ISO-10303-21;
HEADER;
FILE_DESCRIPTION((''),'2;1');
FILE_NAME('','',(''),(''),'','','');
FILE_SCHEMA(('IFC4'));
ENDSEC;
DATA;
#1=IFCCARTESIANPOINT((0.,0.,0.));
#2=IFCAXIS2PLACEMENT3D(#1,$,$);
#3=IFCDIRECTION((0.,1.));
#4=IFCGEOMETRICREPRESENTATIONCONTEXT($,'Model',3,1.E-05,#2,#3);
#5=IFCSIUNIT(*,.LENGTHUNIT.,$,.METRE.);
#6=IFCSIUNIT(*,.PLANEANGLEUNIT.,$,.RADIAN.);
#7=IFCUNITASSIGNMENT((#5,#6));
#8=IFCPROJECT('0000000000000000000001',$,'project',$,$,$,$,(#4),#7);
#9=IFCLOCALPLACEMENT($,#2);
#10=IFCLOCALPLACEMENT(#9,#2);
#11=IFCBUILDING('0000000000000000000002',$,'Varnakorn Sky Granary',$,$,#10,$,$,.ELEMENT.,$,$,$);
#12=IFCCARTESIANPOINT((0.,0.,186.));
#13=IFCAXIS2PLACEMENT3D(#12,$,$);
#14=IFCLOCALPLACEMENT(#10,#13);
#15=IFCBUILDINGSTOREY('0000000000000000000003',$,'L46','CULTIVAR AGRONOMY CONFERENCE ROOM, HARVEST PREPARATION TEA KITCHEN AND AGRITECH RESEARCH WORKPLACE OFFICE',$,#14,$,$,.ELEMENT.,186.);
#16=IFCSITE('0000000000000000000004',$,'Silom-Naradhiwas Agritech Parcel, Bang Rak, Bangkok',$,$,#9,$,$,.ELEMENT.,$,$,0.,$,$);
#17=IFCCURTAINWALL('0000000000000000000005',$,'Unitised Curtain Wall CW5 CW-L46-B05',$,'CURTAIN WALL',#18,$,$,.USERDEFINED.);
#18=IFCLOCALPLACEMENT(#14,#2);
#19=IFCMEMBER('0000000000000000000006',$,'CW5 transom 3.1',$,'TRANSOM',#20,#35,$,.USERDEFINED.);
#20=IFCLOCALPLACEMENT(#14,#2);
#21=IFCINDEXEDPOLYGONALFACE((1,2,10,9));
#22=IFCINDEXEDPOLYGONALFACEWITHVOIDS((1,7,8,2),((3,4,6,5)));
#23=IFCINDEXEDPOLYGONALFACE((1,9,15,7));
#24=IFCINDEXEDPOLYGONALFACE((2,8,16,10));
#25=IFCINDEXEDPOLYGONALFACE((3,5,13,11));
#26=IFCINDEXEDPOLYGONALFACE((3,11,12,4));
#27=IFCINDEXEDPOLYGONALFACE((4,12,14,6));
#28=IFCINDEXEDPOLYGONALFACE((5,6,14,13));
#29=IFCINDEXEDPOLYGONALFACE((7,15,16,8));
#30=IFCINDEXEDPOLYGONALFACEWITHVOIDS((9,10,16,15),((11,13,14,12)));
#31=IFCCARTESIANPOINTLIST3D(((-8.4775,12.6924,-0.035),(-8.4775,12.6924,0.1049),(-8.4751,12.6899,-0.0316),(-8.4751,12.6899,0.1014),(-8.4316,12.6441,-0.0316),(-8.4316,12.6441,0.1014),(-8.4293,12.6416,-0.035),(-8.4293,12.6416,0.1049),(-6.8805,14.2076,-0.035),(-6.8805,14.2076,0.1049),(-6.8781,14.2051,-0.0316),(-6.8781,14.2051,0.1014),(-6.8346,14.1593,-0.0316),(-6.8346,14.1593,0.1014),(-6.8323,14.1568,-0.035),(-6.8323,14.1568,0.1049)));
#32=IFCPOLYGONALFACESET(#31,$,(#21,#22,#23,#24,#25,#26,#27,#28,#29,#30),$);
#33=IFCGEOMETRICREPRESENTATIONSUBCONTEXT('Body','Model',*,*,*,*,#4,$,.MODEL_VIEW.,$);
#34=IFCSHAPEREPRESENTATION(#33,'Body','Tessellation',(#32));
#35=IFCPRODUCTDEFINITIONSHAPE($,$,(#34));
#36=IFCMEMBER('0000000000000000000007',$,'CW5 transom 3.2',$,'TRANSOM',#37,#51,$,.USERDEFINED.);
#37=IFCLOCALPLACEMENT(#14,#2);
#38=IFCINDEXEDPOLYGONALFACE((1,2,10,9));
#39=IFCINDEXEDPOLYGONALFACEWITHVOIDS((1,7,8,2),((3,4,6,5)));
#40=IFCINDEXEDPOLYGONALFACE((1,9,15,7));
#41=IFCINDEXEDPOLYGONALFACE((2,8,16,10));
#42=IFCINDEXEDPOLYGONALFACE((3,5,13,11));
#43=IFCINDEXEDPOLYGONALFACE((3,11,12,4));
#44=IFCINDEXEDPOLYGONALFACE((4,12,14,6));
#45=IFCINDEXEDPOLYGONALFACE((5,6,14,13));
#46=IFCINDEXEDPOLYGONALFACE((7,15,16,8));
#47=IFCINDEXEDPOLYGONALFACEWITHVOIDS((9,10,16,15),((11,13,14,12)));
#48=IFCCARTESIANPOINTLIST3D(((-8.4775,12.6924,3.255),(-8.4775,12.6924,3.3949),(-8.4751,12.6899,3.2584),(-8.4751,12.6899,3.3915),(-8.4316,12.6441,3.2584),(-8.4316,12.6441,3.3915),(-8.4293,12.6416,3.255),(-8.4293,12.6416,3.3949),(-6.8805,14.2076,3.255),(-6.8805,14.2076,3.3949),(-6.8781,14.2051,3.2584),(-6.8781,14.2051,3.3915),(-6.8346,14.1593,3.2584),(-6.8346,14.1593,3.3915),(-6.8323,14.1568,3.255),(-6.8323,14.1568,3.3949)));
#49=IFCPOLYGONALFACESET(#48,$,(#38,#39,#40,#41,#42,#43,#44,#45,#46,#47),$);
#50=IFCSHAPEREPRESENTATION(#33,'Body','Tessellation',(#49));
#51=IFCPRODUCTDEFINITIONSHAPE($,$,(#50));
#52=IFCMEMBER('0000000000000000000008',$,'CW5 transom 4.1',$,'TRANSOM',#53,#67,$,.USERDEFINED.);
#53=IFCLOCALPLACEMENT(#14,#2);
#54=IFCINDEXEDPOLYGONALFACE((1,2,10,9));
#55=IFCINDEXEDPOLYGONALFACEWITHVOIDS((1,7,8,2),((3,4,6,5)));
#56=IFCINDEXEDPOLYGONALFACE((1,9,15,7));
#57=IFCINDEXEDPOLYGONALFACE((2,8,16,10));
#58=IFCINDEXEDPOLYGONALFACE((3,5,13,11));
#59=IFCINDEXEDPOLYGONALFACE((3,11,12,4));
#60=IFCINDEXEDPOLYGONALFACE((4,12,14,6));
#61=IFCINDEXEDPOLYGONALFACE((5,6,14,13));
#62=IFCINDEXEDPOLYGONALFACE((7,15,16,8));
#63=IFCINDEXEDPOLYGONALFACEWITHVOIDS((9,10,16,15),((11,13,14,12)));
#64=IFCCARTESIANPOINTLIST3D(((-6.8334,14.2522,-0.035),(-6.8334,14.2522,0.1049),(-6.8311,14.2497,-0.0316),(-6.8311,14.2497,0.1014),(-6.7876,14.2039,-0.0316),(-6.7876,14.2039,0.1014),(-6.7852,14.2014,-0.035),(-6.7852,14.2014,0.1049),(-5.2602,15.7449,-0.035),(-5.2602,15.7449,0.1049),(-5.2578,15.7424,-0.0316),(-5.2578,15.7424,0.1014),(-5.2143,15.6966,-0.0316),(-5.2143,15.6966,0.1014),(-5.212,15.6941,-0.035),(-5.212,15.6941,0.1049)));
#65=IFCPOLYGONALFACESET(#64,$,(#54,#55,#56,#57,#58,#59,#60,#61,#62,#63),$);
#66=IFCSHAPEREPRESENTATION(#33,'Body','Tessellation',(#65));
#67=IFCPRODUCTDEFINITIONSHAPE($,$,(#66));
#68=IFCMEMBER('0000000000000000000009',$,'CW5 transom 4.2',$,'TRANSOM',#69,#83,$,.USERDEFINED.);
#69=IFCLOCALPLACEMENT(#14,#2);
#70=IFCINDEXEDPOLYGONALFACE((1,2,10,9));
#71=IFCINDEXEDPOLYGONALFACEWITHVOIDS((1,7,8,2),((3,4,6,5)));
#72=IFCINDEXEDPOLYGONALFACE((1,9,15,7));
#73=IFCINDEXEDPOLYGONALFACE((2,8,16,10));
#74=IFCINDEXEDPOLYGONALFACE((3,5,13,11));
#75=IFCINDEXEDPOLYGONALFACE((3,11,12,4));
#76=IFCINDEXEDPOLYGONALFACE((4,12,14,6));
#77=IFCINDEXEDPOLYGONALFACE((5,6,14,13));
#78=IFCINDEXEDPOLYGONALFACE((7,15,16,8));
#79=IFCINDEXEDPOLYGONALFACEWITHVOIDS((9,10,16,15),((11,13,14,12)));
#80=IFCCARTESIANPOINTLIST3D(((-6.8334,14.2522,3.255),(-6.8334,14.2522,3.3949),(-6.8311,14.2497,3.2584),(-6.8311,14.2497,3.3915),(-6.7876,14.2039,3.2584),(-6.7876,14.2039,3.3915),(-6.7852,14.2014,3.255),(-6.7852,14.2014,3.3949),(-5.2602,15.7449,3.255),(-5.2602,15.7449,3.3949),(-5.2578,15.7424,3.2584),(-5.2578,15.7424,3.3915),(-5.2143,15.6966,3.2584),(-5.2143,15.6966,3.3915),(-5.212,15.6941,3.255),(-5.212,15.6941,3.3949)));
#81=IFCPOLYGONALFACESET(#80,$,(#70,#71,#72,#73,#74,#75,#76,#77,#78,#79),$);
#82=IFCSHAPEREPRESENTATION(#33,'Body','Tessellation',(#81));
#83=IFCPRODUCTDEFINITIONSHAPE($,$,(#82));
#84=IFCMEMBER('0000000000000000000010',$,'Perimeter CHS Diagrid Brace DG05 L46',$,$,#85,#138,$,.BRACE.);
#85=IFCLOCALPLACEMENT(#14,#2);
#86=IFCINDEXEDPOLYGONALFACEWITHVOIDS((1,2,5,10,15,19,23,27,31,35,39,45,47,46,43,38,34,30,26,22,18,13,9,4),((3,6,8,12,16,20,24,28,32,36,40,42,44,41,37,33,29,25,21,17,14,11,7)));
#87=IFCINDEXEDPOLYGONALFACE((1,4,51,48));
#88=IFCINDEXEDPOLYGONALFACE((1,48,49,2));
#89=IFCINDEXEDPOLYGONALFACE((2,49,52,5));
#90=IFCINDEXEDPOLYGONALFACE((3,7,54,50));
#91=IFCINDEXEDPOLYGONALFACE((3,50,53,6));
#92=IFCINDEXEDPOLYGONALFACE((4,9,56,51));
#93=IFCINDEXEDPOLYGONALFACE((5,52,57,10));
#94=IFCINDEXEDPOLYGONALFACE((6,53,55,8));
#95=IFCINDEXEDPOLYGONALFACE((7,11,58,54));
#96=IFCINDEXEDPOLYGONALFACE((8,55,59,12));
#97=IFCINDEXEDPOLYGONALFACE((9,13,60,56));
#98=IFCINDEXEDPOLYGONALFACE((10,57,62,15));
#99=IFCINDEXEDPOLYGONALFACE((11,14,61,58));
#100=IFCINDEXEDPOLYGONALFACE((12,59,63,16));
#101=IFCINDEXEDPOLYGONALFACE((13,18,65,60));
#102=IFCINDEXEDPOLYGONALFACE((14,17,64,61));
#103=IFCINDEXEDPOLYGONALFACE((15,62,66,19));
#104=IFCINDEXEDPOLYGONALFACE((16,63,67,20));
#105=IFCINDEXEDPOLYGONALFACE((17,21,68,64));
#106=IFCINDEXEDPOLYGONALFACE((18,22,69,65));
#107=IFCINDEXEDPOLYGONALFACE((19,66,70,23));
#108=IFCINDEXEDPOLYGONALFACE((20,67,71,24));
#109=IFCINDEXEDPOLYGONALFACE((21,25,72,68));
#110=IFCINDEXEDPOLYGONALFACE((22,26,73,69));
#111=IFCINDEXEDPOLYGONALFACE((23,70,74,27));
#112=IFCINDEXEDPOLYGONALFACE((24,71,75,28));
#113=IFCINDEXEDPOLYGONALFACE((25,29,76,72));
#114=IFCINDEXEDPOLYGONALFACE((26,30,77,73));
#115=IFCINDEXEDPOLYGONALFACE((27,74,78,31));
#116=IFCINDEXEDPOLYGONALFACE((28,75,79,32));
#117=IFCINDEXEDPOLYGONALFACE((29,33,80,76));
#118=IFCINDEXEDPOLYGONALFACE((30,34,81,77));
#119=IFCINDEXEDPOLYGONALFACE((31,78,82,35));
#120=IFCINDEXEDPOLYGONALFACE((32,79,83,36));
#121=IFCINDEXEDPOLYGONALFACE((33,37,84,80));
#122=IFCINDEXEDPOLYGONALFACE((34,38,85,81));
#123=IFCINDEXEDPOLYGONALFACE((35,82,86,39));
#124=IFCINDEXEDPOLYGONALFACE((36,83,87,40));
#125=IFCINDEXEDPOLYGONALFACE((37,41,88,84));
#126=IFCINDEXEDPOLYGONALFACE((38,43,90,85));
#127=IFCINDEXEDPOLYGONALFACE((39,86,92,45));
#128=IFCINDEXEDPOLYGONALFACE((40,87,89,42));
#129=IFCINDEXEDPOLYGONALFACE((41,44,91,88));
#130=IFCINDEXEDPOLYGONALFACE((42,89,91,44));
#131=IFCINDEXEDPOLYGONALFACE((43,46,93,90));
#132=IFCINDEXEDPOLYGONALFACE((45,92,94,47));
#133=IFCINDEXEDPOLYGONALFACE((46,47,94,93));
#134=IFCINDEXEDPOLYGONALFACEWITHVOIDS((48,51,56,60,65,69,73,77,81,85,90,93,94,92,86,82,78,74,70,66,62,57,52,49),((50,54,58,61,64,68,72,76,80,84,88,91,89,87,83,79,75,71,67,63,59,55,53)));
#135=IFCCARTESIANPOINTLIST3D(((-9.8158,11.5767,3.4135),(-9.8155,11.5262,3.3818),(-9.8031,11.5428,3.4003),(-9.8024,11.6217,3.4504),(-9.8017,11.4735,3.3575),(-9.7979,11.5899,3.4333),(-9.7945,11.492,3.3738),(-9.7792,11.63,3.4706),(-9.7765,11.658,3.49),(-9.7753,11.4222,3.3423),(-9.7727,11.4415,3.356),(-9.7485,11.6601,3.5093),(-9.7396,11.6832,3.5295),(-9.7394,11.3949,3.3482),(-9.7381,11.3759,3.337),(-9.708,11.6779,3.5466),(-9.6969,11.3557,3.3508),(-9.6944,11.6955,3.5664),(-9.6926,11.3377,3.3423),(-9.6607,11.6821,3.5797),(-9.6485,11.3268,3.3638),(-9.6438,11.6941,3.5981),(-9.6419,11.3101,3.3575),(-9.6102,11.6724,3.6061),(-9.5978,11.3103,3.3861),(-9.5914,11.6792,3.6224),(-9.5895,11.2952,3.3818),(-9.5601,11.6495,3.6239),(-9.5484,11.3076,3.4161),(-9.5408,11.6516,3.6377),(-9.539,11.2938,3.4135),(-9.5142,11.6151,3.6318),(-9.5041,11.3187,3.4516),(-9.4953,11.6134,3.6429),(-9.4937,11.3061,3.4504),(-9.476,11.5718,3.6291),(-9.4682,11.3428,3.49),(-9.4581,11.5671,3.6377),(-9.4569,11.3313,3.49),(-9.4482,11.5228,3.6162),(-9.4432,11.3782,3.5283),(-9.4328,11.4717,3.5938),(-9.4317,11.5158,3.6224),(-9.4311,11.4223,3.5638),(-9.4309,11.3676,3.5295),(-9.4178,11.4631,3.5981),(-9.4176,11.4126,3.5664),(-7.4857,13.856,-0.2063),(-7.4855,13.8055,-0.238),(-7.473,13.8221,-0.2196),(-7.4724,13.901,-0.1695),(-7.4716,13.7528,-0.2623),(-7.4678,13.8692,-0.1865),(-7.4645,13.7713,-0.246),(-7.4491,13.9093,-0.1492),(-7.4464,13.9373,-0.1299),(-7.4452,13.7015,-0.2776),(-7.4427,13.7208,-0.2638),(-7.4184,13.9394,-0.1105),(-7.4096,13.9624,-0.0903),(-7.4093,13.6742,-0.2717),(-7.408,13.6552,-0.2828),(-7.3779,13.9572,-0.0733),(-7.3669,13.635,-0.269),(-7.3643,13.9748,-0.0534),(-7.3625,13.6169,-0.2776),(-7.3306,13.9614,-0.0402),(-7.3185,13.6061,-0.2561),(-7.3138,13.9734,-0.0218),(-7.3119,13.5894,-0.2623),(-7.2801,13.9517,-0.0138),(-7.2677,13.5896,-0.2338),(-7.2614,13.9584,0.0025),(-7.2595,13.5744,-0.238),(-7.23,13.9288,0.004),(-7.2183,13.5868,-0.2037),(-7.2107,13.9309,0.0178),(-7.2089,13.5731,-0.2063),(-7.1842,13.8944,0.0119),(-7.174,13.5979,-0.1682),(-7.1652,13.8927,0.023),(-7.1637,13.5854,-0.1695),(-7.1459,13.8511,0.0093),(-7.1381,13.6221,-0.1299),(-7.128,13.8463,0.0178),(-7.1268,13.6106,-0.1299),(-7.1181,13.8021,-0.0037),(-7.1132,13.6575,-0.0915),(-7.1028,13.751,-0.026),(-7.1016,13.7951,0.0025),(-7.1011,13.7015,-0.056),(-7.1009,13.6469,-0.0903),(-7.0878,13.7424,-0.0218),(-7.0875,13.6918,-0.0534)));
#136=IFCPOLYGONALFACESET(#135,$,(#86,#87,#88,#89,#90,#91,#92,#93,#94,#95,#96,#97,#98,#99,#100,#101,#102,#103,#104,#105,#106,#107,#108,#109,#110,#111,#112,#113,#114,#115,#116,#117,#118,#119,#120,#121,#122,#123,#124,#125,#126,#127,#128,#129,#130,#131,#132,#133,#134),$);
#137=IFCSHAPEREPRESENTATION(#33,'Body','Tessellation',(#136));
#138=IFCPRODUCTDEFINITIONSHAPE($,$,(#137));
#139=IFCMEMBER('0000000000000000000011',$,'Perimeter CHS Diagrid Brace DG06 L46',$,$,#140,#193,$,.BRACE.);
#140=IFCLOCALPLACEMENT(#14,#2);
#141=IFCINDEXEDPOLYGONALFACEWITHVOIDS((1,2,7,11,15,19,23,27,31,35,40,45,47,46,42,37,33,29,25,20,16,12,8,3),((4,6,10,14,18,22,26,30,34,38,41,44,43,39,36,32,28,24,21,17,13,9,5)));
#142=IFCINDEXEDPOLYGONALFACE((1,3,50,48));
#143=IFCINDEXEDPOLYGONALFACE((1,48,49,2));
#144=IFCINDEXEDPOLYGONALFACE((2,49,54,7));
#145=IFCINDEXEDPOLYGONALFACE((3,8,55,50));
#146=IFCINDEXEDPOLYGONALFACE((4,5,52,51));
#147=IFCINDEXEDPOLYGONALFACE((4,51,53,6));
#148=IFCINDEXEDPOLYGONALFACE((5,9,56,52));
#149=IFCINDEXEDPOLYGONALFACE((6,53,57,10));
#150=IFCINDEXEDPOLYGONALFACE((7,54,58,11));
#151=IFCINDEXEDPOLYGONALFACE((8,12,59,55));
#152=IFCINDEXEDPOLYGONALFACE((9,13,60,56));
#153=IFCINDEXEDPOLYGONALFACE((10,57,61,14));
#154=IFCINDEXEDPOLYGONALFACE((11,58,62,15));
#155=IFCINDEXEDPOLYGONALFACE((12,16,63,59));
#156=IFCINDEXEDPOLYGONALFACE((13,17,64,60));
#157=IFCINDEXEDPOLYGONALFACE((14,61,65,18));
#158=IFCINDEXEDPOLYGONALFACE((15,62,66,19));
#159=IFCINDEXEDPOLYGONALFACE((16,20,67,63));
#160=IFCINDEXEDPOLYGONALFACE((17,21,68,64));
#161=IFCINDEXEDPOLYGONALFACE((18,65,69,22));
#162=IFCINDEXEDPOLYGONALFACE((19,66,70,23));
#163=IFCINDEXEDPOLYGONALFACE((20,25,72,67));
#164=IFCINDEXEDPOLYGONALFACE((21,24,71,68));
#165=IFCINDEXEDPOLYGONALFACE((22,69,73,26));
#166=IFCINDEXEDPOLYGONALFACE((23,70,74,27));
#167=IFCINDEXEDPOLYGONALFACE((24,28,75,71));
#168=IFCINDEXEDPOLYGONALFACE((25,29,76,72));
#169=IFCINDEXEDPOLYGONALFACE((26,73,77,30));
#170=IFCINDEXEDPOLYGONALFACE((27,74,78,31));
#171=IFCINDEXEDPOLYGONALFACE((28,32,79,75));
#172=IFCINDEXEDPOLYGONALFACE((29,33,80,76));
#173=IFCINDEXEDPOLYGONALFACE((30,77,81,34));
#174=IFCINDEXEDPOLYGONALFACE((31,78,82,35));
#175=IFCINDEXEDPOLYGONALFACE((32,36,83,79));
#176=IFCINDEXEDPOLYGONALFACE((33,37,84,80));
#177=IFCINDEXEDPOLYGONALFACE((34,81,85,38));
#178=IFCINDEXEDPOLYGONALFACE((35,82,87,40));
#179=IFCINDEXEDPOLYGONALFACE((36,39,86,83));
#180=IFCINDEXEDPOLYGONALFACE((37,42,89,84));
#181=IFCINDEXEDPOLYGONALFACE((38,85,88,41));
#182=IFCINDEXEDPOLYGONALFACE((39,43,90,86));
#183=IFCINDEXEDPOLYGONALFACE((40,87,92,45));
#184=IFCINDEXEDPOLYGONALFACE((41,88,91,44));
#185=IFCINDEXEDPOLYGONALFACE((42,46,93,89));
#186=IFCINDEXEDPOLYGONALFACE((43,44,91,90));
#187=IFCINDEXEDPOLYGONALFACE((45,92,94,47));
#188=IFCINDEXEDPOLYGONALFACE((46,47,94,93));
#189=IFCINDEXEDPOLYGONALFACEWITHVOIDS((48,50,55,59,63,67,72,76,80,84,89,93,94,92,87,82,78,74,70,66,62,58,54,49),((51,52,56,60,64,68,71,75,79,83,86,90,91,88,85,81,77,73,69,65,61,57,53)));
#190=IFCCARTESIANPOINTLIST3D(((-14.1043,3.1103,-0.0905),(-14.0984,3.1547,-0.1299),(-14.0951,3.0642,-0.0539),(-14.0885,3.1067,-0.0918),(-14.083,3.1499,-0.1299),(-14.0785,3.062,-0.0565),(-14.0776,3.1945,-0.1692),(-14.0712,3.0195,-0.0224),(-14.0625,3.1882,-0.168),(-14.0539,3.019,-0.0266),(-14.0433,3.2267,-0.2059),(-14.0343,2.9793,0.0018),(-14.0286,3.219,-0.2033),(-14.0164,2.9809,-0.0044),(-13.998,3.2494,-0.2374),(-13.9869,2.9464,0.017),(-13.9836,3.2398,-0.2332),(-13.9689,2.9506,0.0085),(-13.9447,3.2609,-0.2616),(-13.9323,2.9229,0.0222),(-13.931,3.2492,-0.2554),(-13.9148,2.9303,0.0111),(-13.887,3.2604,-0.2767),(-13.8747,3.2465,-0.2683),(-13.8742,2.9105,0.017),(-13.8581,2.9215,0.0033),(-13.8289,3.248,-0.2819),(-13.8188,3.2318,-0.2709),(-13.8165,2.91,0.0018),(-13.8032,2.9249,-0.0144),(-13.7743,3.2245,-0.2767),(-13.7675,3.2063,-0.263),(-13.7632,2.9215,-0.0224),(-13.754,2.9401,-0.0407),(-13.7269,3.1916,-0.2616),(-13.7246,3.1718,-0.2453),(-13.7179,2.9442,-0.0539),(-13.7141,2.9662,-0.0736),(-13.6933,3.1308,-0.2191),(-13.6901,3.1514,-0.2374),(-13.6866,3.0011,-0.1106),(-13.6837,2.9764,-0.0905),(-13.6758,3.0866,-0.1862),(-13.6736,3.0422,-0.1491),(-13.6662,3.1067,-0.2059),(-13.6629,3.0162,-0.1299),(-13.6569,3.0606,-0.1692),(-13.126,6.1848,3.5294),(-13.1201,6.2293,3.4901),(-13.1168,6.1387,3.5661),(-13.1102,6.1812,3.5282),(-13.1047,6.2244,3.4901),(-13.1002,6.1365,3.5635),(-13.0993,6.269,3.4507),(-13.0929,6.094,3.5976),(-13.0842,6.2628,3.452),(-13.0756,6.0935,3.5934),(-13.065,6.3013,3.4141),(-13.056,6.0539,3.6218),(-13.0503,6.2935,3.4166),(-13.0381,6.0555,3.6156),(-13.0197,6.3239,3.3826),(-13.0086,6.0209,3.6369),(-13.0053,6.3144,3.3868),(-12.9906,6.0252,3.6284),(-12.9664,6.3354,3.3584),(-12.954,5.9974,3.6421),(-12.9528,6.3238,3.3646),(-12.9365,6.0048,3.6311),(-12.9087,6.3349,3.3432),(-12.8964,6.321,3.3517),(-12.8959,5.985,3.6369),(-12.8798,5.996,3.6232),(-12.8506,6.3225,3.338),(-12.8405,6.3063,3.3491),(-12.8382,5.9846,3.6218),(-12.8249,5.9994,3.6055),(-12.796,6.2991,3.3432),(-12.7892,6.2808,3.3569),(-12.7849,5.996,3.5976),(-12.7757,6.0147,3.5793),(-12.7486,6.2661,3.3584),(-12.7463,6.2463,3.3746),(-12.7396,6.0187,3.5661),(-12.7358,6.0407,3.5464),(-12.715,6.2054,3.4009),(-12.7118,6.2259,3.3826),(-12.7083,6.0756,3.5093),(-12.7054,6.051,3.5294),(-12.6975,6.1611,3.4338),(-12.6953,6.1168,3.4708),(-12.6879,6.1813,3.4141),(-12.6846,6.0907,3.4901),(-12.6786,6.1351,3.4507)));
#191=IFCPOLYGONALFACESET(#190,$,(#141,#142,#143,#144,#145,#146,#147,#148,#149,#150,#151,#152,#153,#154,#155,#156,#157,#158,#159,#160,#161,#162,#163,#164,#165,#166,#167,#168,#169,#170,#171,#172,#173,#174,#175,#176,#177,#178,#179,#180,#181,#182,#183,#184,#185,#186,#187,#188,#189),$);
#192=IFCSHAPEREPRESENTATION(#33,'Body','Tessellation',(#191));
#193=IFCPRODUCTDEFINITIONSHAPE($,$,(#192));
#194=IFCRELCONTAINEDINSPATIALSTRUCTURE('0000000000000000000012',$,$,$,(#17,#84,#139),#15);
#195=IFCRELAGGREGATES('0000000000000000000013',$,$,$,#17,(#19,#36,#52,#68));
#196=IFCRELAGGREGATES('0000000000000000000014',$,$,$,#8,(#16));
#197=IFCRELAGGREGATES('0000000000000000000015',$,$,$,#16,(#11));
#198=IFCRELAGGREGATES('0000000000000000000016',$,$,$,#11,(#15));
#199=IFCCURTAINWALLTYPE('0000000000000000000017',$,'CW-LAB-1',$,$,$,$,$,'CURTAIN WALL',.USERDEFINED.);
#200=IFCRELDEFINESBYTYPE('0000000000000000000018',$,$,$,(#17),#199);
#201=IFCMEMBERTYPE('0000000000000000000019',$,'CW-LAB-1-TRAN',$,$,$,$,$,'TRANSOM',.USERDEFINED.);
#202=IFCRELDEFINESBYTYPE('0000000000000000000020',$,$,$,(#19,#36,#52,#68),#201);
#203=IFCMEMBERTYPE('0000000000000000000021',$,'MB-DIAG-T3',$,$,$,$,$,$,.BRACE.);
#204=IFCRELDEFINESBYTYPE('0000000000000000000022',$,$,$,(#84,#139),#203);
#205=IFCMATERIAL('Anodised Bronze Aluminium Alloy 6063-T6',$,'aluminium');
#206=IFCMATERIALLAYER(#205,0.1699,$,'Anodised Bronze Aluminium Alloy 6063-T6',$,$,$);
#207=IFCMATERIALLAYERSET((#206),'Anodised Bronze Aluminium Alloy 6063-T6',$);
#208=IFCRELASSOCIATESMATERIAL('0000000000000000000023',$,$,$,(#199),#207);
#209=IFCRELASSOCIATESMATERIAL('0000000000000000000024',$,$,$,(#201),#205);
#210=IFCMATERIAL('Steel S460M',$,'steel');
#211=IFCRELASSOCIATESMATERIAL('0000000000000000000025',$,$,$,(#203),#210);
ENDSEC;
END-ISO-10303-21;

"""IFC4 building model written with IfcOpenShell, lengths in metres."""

from ifc_helpers import new_model, si_unit, direction, frame, origin, origin_2d, place, context, subcontext, project, spatial, hollow_rectangle, hollow_circle, extrude, material, layer, layer_set, material_profile, profile_set, type_object, element, aggregate, save


model = new_model("IFC4")

# Units and contexts
model_context = context("Model", 3, precision=1e-05, world=origin(), true_north=direction((0.0, 1.0)))
body_context = subcontext(model_context, "Body", "Model", "MODEL_VIEW")
ifc_project = project(units=[si_unit("LENGTHUNIT", "METRE"), si_unit("PLANEANGLEUNIT", "RADIAN")], contexts=[model_context])

# Site, building, storey
site_placement = place(None, origin())
site = spatial("IfcSite", under=ifc_project, at=site_placement, Name="Silom-Naradhiwas Agritech Parcel, Bang Rak, Bangkok", CompositionType="ELEMENT", RefElevation=0.0)
building_placement = place(site_placement, origin())
building = spatial("IfcBuilding", under=site, at=building_placement, Name="Varnakorn Sky Granary", CompositionType="ELEMENT")
storey_placement = place(building_placement, frame((0.0, 0.0, 186.0)))
storey = spatial("IfcBuildingStorey", under=building, at=storey_placement, Name="L46", Description="CULTIVAR AGRONOMY CONFERENCE ROOM, HARVEST PREPARATION TEA KITCHEN AND AGRITECH RESEARCH WORKPLACE OFFICE", CompositionType="ELEMENT", Elevation=186.0)

# Shared definitions
ifc_material_1 = material(Name="Steel S460M", Category="steel")

# Curtain wall
ifc_material_2 = material(Name="Anodised Bronze Aluminium Alloy 6063-T6", Category="aluminium")
ifc_layer_1 = layer(ifc_material_2, 0.1699, Name="Anodised Bronze Aluminium Alloy 6063-T6")
ifc_layer_set_1 = layer_set([ifc_layer_1], Name="Anodised Bronze Aluminium Alloy 6063-T6")
curtain_wall_type = type_object("IfcCurtainWallType", Name="CW-LAB-1", ElementType="CURTAIN WALL", PredefinedType="USERDEFINED", material=ifc_layer_set_1)
curtain_wall_1_placement = place(storey_placement, origin())
curtain_wall_1 = element("IfcCurtainWall", 1, at=curtain_wall_1_placement, inside=storey, type_object=curtain_wall_type, Name="Unitised Curtain Wall CW5 CW-L46-B05", ObjectType="CURTAIN WALL", PredefinedType="USERDEFINED")

# Members
ifc_material_profile_1 = material_profile(ifc_material_2, hollow_rectangle(XDim=0.0701, YDim=0.1399, WallThickness=0.0034, at=origin_2d()), Name="ALU TRAN 70x140")
ifc_profile_set_1 = profile_set([ifc_material_profile_1], Name="Anodised Bronze Aluminium Alloy 6063-T6")
member_type_1 = type_object("IfcMemberType", Name="CW-LAB-1-TRAN", ElementType="TRANSOM", PredefinedType="USERDEFINED", material=ifc_profile_set_1)
member_1_placement = place(storey_placement, frame((-8.4534, 12.667, 0.0349), z_axis=(0.72544, 0.688286, 0.0), x_axis=(-0.688286, 0.72544, 0.0)))
member_1 = element("IfcMember", 2, at=member_1_placement, type_object=member_type_1, Name="CW5 transom 3.1", ObjectType="TRANSOM", PredefinedType="USERDEFINED", context=body_context, shape_type="SweptSolid", body=[
    extrude(hollow_rectangle(XDim=0.0701, YDim=0.1399, WallThickness=0.0034, at=origin_2d()), origin(), (0.0, 0.0, 1.0), 2.2014),
])
member_2_placement = place(storey_placement, frame((-8.4534, 12.667, 3.325), z_axis=(0.72544, 0.688286, 0.0), x_axis=(-0.688286, 0.72544, 0.0)))
member_2 = element("IfcMember", 3, at=member_2_placement, type_object=member_type_1, Name="CW5 transom 3.2", ObjectType="TRANSOM", PredefinedType="USERDEFINED", context=body_context, shape_type="SweptSolid", body=[
    extrude(hollow_rectangle(XDim=0.0701, YDim=0.1399, WallThickness=0.0034, at=origin_2d()), origin(), (0.0, 0.0, 1.0), 2.2014),
])
member_3_placement = place(storey_placement, frame((-6.8093, 14.2268, 0.0349), z_axis=(0.725438, 0.688288, 0.0), x_axis=(-0.688288, 0.725438, 0.0)))
member_3 = element("IfcMember", 4, at=member_3_placement, type_object=member_type_1, Name="CW5 transom 4.1", ObjectType="TRANSOM", PredefinedType="USERDEFINED", context=body_context, shape_type="SweptSolid", body=[
    extrude(hollow_rectangle(XDim=0.0701, YDim=0.1399, WallThickness=0.0034, at=origin_2d()), origin(), (0.0, 0.0, 1.0), 2.1687),
])
member_4_placement = place(storey_placement, frame((-6.8093, 14.2268, 3.325), z_axis=(0.725438, 0.688288, 0.0), x_axis=(-0.688288, 0.725438, 0.0)))
member_4 = element("IfcMember", 5, at=member_4_placement, type_object=member_type_1, Name="CW5 transom 4.2", ObjectType="TRANSOM", PredefinedType="USERDEFINED", context=body_context, shape_type="SweptSolid", body=[
    extrude(hollow_rectangle(XDim=0.0701, YDim=0.1399, WallThickness=0.0034, at=origin_2d()), origin(), (0.0, 0.0, 1.0), 2.1687),
])

# Members
ifc_material_profile_2 = material_profile(ifc_material_1, hollow_circle(Radius=0.2285, WallThickness=0.0161, at=origin_2d()), Name="CHS 457x16")
ifc_profile_set_2 = profile_set([ifc_material_profile_2], Name="Steel S460M")
member_type_2 = type_object("IfcMemberType", Name="MB-DIAG-T3", PredefinedType="BRACE", material=ifc_profile_set_2)
member_5_placement = place(storey_placement, frame((-7.2866, 13.7739, -0.1299), z_axis=(-0.478344, -0.467919, 0.743127), x_axis=(0.699274, -0.714854, 0.0)))
element("IfcMember", 6, at=member_5_placement, inside=storey, type_object=member_type_2, Name="Perimeter CHS Diagrid Brace DG05 L46", PredefinedType="BRACE", context=body_context, shape_type="SweptSolid", body=[
    extrude(hollow_circle(Radius=0.2285, WallThickness=0.0161, at=origin_2d()), origin(), (0.0, 0.0, 1.0), 4.8711),
])
member_6_placement = place(storey_placement, frame((-13.8806, 3.0854, -0.1299), z_axis=(0.201747, 0.63404, 0.746519), x_axis=(-0.952923, 0.303213, 0.0)))
element("IfcMember", 7, at=member_6_placement, inside=storey, type_object=member_type_2, Name="Perimeter CHS Diagrid Brace DG06 L46", PredefinedType="BRACE", context=body_context, shape_type="SweptSolid", body=[
    extrude(hollow_circle(Radius=0.2285, WallThickness=0.0161, at=origin_2d()), origin(), (0.0, 0.0, 1.0), 4.8491),
])

aggregate(curtain_wall_1, [member_1, member_2, member_3, member_4])

save(model, "model.ifc")
